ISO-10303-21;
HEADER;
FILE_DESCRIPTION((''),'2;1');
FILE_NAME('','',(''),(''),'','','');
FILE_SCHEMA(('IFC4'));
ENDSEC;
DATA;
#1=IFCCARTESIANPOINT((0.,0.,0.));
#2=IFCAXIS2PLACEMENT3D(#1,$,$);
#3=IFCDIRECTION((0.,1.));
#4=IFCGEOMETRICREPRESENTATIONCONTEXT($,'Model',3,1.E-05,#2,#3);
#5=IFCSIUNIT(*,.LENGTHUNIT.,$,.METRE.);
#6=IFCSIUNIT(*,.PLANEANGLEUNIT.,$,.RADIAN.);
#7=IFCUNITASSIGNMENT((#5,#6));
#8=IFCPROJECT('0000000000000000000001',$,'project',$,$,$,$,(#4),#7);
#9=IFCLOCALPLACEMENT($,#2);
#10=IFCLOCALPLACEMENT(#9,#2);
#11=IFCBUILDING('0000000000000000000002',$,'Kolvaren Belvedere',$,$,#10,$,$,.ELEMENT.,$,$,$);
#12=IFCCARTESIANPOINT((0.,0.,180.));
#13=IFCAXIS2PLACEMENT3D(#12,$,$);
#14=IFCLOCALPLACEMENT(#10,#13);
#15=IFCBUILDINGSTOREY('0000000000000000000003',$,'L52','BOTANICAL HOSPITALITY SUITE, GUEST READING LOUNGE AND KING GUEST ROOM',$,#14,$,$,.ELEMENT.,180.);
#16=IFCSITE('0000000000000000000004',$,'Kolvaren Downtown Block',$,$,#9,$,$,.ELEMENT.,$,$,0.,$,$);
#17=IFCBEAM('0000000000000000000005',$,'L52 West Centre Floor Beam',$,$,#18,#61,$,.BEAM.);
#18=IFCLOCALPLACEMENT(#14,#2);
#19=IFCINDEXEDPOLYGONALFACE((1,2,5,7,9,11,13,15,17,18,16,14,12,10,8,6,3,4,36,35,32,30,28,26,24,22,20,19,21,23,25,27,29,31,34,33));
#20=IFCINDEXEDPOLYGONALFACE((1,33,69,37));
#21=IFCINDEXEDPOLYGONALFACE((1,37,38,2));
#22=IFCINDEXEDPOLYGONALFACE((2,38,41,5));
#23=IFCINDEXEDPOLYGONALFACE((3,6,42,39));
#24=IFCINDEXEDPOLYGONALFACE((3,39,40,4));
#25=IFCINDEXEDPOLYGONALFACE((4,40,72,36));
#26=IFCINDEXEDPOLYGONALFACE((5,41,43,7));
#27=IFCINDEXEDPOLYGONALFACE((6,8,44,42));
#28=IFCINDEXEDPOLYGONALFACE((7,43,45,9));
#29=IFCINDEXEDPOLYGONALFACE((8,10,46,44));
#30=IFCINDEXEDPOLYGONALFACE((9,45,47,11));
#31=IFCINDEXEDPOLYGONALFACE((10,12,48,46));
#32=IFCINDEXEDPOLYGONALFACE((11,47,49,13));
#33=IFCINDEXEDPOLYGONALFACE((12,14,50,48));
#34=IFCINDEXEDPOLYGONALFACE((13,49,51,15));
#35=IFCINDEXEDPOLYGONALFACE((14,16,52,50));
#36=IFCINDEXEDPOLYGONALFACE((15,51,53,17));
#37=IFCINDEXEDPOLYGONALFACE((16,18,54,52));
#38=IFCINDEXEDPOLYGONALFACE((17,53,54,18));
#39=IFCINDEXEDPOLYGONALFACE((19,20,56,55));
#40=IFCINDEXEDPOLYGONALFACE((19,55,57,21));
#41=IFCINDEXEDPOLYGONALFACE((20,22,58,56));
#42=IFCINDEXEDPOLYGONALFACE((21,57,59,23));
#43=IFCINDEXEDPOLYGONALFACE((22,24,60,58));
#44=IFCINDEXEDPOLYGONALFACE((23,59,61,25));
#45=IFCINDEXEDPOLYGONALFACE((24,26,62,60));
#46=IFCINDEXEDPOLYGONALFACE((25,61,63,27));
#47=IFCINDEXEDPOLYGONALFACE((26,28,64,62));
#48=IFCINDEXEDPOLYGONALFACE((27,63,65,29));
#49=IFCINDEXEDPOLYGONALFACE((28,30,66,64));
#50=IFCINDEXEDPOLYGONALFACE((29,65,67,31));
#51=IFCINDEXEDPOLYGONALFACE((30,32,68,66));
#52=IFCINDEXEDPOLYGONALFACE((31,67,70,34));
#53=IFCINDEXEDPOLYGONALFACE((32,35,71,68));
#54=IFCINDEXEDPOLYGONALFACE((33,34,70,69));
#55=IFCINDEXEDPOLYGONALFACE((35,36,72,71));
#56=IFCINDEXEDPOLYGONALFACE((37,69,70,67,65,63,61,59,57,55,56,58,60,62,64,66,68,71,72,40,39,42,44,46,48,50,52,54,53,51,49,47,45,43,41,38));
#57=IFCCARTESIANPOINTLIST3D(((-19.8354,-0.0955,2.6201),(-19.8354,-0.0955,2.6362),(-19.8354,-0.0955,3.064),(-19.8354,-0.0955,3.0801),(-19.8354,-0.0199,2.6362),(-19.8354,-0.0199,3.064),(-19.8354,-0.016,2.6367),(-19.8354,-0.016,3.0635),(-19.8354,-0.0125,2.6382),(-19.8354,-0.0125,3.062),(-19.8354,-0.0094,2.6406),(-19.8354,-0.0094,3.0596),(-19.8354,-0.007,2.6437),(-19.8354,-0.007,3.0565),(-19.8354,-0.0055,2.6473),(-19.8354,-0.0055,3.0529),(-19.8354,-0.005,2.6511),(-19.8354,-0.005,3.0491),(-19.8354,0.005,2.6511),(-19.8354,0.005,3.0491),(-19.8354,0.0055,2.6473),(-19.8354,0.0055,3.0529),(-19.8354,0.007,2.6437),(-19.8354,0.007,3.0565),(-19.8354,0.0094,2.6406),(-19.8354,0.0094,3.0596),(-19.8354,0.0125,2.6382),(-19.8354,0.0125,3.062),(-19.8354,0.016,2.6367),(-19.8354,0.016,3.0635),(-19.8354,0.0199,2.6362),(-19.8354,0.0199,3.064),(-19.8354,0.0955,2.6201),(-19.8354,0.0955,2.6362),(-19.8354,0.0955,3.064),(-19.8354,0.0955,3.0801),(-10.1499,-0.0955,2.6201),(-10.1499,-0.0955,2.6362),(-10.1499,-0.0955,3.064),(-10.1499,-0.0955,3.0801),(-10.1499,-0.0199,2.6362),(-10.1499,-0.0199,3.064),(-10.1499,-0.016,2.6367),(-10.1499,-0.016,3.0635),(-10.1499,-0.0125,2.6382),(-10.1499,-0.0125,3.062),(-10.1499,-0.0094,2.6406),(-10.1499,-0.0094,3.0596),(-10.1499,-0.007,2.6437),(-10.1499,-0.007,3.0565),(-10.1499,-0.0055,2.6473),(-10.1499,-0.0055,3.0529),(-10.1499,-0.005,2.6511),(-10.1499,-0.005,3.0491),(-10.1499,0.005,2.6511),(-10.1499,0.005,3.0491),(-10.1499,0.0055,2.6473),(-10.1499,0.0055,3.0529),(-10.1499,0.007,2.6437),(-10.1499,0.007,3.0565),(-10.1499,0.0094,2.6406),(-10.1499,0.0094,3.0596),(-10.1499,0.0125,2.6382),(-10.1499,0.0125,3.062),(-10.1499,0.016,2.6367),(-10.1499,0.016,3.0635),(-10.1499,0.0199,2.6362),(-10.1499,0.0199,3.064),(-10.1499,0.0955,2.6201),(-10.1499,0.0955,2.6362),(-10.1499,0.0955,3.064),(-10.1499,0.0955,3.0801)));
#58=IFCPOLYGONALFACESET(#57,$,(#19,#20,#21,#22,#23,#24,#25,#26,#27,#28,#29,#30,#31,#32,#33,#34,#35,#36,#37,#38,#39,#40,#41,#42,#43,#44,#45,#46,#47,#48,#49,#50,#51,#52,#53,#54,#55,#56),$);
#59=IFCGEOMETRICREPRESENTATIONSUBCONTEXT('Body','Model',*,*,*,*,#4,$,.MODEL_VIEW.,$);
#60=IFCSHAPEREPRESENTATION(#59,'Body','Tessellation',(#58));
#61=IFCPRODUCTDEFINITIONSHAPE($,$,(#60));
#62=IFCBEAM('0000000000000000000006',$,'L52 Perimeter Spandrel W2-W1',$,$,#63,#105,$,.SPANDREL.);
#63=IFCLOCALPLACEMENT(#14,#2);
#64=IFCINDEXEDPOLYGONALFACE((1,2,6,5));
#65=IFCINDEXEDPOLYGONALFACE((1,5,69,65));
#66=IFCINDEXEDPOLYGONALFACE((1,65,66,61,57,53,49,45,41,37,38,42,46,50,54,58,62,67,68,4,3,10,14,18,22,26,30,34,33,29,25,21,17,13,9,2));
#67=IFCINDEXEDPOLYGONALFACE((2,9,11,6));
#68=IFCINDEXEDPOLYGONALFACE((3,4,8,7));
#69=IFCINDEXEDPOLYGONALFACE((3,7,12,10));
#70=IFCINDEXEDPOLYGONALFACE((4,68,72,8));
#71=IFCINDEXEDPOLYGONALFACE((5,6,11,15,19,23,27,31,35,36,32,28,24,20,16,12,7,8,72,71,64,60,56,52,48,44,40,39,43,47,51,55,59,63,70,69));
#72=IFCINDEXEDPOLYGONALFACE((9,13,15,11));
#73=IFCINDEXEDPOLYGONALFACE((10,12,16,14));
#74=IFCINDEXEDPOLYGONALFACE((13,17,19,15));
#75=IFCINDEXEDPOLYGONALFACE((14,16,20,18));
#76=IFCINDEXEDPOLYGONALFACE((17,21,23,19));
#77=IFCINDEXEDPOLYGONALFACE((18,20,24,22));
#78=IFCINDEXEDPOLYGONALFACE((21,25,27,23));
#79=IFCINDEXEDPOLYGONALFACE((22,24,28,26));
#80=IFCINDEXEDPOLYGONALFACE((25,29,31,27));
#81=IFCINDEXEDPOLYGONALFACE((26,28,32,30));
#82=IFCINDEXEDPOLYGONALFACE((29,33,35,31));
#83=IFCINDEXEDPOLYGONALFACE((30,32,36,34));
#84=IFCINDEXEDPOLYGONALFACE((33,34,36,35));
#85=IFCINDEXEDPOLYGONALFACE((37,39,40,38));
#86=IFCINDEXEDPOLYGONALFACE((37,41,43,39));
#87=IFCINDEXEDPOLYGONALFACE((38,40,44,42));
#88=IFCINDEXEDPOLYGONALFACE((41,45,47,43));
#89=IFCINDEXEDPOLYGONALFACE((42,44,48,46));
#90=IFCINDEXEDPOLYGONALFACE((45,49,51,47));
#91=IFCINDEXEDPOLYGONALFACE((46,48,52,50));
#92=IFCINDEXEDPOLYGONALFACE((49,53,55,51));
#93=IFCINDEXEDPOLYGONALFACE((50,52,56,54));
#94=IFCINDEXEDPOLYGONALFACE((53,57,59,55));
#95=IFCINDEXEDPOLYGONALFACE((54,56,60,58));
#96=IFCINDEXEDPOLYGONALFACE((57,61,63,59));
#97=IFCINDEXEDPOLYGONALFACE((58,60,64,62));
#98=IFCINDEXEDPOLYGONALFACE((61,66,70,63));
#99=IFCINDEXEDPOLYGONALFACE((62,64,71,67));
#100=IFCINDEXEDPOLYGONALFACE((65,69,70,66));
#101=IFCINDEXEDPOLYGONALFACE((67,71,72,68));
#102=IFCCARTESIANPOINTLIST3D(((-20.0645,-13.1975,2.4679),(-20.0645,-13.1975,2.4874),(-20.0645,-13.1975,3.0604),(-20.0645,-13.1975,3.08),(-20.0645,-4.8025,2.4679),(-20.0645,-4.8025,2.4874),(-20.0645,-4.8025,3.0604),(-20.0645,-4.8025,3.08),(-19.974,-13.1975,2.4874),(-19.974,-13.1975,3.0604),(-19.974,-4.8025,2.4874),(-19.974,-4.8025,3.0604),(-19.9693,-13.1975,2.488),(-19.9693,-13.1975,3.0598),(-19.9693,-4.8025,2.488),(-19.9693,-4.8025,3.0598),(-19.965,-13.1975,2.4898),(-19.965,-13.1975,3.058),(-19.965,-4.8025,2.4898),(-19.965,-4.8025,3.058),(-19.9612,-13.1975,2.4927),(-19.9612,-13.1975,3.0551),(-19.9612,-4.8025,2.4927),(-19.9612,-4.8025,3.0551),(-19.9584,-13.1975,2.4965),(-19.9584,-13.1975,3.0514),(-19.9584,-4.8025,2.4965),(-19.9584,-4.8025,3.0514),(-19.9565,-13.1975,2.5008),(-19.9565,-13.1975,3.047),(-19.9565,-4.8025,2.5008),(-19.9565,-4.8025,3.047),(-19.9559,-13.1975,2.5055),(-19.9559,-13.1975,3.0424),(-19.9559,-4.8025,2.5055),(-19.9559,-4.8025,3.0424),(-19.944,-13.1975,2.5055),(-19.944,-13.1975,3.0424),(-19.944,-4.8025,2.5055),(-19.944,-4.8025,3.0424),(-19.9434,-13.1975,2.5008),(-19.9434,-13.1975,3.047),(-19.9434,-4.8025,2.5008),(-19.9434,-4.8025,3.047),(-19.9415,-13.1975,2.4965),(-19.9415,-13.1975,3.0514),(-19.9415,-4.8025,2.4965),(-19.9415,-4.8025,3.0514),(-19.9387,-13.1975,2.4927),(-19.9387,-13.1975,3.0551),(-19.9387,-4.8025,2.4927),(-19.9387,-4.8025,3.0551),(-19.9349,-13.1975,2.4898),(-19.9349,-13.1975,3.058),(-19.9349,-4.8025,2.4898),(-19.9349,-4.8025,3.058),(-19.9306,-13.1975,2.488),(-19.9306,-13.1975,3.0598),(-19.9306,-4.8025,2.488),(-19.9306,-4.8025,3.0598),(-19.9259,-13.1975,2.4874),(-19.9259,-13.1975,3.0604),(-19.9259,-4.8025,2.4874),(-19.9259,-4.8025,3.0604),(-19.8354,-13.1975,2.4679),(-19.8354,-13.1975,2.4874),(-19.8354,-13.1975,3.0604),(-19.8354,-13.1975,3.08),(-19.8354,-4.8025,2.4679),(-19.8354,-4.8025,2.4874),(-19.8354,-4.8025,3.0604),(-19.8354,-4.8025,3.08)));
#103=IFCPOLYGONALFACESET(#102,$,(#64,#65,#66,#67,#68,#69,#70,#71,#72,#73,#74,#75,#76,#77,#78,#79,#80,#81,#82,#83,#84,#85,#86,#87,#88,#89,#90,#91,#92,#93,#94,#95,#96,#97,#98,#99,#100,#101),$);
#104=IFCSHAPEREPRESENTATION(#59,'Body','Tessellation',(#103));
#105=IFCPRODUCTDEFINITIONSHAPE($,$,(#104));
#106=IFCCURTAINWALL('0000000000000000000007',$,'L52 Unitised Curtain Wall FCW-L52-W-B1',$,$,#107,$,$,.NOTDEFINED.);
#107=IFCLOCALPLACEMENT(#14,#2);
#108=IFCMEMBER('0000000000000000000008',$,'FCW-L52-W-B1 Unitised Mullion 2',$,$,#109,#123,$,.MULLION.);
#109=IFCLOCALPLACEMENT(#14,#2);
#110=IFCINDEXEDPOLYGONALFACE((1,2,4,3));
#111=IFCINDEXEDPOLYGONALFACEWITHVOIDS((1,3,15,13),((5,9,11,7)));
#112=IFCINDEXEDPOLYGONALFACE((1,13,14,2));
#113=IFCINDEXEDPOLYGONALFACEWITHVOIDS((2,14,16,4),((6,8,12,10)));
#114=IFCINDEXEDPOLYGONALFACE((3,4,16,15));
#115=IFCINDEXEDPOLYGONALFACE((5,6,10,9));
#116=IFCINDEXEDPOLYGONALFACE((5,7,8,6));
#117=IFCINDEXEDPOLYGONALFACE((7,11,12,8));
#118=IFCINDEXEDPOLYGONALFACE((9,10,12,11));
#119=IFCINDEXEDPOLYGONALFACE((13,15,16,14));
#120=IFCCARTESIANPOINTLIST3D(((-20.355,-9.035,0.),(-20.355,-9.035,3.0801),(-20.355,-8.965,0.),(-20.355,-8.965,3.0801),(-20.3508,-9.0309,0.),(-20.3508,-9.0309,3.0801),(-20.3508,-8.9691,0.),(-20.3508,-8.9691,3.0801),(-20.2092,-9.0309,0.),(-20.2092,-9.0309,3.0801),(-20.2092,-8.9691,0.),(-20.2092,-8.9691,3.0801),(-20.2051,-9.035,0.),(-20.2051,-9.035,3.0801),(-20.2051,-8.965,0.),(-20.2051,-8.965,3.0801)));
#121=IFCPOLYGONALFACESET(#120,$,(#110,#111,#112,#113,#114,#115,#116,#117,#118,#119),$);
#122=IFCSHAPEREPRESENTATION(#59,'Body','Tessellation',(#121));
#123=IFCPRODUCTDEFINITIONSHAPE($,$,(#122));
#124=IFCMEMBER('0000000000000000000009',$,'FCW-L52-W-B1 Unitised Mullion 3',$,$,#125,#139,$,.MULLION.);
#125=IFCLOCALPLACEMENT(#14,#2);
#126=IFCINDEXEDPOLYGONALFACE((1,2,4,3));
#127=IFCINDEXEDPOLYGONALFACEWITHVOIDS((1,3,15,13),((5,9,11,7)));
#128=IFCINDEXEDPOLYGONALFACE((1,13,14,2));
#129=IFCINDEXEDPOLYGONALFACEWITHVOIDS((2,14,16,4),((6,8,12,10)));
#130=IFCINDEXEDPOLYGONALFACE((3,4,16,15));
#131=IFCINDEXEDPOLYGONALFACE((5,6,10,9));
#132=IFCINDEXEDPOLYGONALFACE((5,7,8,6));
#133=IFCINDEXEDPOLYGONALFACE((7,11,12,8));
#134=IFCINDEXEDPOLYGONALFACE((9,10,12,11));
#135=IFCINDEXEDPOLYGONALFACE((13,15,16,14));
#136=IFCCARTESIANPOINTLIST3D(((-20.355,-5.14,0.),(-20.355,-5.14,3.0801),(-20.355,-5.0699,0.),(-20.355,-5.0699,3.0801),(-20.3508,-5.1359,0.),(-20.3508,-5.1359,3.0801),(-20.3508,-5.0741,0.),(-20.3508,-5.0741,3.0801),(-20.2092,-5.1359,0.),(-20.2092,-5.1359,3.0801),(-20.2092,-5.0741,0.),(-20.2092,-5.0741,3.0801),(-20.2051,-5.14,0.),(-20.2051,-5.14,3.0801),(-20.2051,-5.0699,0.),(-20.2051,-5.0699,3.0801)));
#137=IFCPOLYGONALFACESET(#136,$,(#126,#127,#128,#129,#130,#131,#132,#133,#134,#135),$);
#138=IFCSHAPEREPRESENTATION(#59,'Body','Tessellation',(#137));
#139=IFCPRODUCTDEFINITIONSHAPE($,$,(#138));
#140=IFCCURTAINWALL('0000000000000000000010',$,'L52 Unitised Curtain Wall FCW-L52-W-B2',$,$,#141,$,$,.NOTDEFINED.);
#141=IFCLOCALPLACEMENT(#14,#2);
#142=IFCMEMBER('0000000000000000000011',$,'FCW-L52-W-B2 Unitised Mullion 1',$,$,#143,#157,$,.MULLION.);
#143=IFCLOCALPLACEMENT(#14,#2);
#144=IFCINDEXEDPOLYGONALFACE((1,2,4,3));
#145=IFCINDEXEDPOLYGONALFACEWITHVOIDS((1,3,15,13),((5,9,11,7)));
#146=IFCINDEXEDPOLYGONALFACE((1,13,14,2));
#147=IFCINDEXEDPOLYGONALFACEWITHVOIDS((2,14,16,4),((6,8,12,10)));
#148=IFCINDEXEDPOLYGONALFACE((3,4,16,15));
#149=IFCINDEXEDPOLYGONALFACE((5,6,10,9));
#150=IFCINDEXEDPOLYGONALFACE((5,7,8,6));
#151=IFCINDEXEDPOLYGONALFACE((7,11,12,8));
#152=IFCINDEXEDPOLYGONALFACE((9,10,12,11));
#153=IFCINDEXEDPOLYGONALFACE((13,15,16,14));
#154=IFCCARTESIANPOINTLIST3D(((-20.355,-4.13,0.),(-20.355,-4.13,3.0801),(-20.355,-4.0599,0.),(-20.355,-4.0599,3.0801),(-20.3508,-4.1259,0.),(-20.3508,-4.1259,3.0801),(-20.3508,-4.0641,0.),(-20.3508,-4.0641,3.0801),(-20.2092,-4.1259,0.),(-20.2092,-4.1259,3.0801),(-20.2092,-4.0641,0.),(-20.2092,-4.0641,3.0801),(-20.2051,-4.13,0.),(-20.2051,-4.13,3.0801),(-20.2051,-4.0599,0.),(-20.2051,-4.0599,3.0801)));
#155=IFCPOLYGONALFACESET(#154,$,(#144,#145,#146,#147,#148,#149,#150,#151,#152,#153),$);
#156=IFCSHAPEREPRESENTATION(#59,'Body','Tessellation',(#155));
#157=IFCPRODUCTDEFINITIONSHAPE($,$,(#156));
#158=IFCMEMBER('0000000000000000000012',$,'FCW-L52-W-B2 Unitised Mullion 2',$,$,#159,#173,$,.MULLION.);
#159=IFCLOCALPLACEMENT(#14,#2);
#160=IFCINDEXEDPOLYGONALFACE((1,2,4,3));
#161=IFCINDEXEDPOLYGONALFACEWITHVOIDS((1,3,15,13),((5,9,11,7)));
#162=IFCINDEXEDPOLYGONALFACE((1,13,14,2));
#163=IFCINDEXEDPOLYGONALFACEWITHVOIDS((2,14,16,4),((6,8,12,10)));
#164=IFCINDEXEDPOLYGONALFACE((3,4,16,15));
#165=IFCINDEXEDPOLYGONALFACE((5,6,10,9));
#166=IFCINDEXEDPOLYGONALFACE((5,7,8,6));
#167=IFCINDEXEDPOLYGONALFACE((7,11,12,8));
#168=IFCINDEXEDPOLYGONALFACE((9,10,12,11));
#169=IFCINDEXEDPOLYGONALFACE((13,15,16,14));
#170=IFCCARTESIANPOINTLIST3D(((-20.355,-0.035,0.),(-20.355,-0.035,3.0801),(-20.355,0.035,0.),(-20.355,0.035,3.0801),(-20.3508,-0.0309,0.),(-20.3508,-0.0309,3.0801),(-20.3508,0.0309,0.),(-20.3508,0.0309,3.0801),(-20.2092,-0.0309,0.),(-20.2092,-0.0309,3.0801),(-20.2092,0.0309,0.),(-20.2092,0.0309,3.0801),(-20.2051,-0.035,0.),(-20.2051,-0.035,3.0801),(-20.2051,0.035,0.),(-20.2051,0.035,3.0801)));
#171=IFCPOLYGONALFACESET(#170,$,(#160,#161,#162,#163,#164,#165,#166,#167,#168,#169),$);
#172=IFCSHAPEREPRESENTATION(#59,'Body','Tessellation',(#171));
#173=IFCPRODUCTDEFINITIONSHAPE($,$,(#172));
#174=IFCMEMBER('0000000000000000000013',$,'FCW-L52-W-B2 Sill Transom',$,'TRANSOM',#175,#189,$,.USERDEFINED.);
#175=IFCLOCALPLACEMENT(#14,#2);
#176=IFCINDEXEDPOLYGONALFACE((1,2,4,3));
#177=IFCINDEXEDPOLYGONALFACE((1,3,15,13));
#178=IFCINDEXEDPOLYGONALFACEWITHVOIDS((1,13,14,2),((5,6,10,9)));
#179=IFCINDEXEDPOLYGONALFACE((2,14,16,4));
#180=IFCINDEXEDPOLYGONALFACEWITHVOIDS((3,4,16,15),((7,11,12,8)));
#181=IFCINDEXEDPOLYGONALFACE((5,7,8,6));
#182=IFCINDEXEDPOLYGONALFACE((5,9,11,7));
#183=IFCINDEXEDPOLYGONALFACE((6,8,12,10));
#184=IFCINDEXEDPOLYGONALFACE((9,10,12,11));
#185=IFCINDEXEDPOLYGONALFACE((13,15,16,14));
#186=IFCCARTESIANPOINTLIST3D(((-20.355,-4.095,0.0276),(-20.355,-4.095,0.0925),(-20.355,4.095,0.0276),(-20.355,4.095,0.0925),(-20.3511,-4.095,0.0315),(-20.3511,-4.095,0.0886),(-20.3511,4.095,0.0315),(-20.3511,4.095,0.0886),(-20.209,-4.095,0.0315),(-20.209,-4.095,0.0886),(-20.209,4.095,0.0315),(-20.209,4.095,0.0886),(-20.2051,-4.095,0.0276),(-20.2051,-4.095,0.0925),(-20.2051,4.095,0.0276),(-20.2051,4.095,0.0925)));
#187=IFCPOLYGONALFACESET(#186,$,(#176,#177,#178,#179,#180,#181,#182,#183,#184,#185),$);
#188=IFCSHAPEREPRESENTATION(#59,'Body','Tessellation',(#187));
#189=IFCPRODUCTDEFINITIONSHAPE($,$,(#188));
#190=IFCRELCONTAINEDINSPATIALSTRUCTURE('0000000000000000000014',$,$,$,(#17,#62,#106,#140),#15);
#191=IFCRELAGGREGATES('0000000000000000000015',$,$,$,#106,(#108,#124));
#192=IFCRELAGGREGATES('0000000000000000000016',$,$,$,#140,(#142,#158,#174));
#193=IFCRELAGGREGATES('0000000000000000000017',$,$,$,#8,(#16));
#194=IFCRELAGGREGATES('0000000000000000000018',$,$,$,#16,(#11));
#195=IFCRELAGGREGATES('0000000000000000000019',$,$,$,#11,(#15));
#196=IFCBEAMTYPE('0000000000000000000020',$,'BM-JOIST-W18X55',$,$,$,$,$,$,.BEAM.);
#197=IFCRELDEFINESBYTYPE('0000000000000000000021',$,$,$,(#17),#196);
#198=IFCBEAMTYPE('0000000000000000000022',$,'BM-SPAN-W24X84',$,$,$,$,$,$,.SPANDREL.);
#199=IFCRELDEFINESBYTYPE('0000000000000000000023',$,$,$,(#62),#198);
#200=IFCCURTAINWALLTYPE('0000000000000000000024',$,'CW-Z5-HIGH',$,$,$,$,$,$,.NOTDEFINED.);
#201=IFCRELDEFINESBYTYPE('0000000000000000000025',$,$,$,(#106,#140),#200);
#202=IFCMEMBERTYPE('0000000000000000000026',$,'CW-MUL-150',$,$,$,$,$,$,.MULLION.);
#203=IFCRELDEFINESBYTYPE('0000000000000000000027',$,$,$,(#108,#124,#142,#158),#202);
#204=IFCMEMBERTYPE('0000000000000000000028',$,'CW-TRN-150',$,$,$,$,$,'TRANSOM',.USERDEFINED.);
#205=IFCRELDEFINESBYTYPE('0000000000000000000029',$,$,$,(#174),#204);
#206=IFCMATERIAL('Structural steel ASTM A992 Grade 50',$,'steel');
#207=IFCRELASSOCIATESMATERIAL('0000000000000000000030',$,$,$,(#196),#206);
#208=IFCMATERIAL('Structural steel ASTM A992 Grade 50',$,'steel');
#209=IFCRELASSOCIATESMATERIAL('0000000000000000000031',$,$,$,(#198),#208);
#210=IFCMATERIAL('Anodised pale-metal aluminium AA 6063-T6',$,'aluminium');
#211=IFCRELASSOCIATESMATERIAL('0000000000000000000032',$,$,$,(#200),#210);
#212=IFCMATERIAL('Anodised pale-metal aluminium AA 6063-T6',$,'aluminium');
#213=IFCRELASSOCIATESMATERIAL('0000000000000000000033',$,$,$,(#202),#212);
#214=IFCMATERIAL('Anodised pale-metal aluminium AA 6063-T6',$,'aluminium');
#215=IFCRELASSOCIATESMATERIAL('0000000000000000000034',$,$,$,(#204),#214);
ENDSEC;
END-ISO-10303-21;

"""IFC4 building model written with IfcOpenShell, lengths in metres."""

from ifc_helpers import new_model, si_unit, direction, frame, origin, origin_2d, place, context, subcontext, project, spatial, hollow_rectangle, i_section, extrude, material, material_profile, profile_set, type_object, element, aggregate, save


model = new_model("IFC4")

# Units and contexts
model_context = context("Model", 3, precision=1e-05, world=origin(), true_north=direction((0.0, 1.0)))
body_context = subcontext(model_context, "Body", "Model", "MODEL_VIEW")
ifc_project = project(units=[si_unit("LENGTHUNIT", "METRE"), si_unit("PLANEANGLEUNIT", "RADIAN")], contexts=[model_context])

# Site, building, storey
site_placement = place(None, origin())
site = spatial("IfcSite", under=ifc_project, at=site_placement, Name="Kolvaren Downtown Block", CompositionType="ELEMENT", RefElevation=0.0)
building_placement = place(site_placement, origin())
building = spatial("IfcBuilding", under=site, at=building_placement, Name="Kolvaren Belvedere", CompositionType="ELEMENT")
storey_placement = place(building_placement, frame((0.0, 0.0, 180.0)))
storey = spatial("IfcBuildingStorey", under=building, at=storey_placement, Name="L52", Description="BOTANICAL HOSPITALITY SUITE, GUEST READING LOUNGE AND KING GUEST ROOM", CompositionType="ELEMENT", Elevation=180.0)

# Beams
ifc_material_1 = material(Name="Structural steel ASTM A992 Grade 50", Category="steel")
ifc_material_profile_1 = material_profile(ifc_material_1, i_section(OverallWidth=0.1909, OverallDepth=0.46, WebThickness=0.01, FlangeThickness=0.0161, FilletRadius=0.0149, at=origin_2d()), Name="W18X55")
ifc_profile_set_1 = profile_set([ifc_material_profile_1], Name="Structural steel ASTM A992 Grade 50")
beam_type_1 = type_object("IfcBeamType", Name="BM-JOIST-W18X55", PredefinedType="BEAM", material=ifc_profile_set_1)
beam_1_placement = place(storey_placement, frame((-10.1499, 0.0, 2.8501), z_axis=(-1.0, 0.0, 0.0), x_axis=(0.0, -1.0, 0.0)))
element("IfcBeam", 1, at=beam_1_placement, inside=storey, type_object=beam_type_1, Name="L52 West Centre Floor Beam", PredefinedType="BEAM", context=body_context, shape_type="SweptSolid", body=[
    extrude(i_section(OverallWidth=0.1909, OverallDepth=0.46, WebThickness=0.01, FlangeThickness=0.0161, FilletRadius=0.0149, at=origin_2d()), origin(), (0.0, 0.0, 1.0), 9.6855),
])
ifc_material_2 = material(Name="Structural steel ASTM A992 Grade 50", Category="steel")
ifc_material_profile_2 = material_profile(ifc_material_2, i_section(OverallWidth=0.229, OverallDepth=0.6121, WebThickness=0.012, FlangeThickness=0.0195, FilletRadius=0.0181, at=origin_2d()), Name="W24X84")
ifc_profile_set_2 = profile_set([ifc_material_profile_2], Name="Structural steel ASTM A992 Grade 50")
beam_type_2 = type_object("IfcBeamType", Name="BM-SPAN-W24X84", PredefinedType="SPANDREL", material=ifc_profile_set_2)
beam_2_placement = place(storey_placement, frame((-19.95, -4.8025, 2.7739), z_axis=(0.0, -1.0, 0.0), x_axis=(1.0, 0.0, 0.0)))
element("IfcBeam", 2, at=beam_2_placement, inside=storey, type_object=beam_type_2, Name="L52 Perimeter Spandrel W2-W1", PredefinedType="SPANDREL", context=body_context, shape_type="SweptSolid", body=[
    extrude(i_section(OverallWidth=0.229, OverallDepth=0.6121, WebThickness=0.012, FlangeThickness=0.0195, FilletRadius=0.0181, at=origin_2d()), origin(), (0.0, 0.0, 1.0), 8.395),
])

# Curtain walls, members
ifc_material_3 = material(Name="Anodised pale-metal aluminium AA 6063-T6", Category="aluminium")
curtain_wall_type = type_object("IfcCurtainWallType", Name="CW-Z5-HIGH", PredefinedType="NOTDEFINED", material=ifc_material_3)
curtain_wall_1_placement = place(storey_placement, origin())
curtain_wall_1 = element("IfcCurtainWall", 3, at=curtain_wall_1_placement, inside=storey, type_object=curtain_wall_type, Name="L52 Unitised Curtain Wall FCW-L52-W-B1", PredefinedType="NOTDEFINED")
ifc_material_4 = material(Name="Anodised pale-metal aluminium AA 6063-T6", Category="aluminium")
ifc_material_profile_3 = material_profile(ifc_material_4, hollow_rectangle(XDim=0.0701, YDim=0.1499, WallThickness=0.0042, at=origin_2d()), Name="ALU-MUL-150X70")
ifc_profile_set_3 = profile_set([ifc_material_profile_3], Name="Anodised pale-metal aluminium AA 6063-T6")
member_type_1 = type_object("IfcMemberType", Name="CW-MUL-150", PredefinedType="MULLION", material=ifc_profile_set_3)
member_1_placement = place(storey_placement, frame((-20.28, -9.0, 0.0), z_axis=(0.0, 0.0, 1.0), x_axis=(0.0, 1.0, 0.0)))
member_1 = element("IfcMember", 4, at=member_1_placement, type_object=member_type_1, Name="FCW-L52-W-B1 Unitised Mullion 2", PredefinedType="MULLION", context=body_context, shape_type="SweptSolid", body=[
    extrude(hollow_rectangle(XDim=0.0701, YDim=0.1499, WallThickness=0.0042, at=origin_2d()), origin(), (0.0, 0.0, 1.0), 3.0801),
])
member_2_placement = place(storey_placement, frame((-20.28, -5.105, 0.0), z_axis=(0.0, 0.0, 1.0), x_axis=(0.0, 1.0, 0.0)))
member_2 = element("IfcMember", 5, at=member_2_placement, type_object=member_type_1, Name="FCW-L52-W-B1 Unitised Mullion 3", PredefinedType="MULLION", context=body_context, shape_type="SweptSolid", body=[
    extrude(hollow_rectangle(XDim=0.0701, YDim=0.1499, WallThickness=0.0042, at=origin_2d()), origin(), (0.0, 0.0, 1.0), 3.0801),
])
curtain_wall_2_placement = place(storey_placement, origin())
curtain_wall_2 = element("IfcCurtainWall", 6, at=curtain_wall_2_placement, inside=storey, type_object=curtain_wall_type, Name="L52 Unitised Curtain Wall FCW-L52-W-B2", PredefinedType="NOTDEFINED")
member_3_placement = place(storey_placement, frame((-20.28, -4.095, 0.0), z_axis=(0.0, 0.0, 1.0), x_axis=(0.0, 1.0, 0.0)))
member_3 = element("IfcMember", 7, at=member_3_placement, type_object=member_type_1, Name="FCW-L52-W-B2 Unitised Mullion 1", PredefinedType="MULLION", context=body_context, shape_type="SweptSolid", body=[
    extrude(hollow_rectangle(XDim=0.0701, YDim=0.1499, WallThickness=0.0042, at=origin_2d()), origin(), (0.0, 0.0, 1.0), 3.0801),
])
member_4_placement = place(storey_placement, frame((-20.28, 0.0, 0.0), z_axis=(0.0, 0.0, 1.0), x_axis=(0.0, 1.0, 0.0)))
member_4 = element("IfcMember", 8, at=member_4_placement, type_object=member_type_1, Name="FCW-L52-W-B2 Unitised Mullion 2", PredefinedType="MULLION", context=body_context, shape_type="SweptSolid", body=[
    extrude(hollow_rectangle(XDim=0.0701, YDim=0.1499, WallThickness=0.0042, at=origin_2d()), origin(), (0.0, 0.0, 1.0), 3.0801),
])
ifc_material_5 = material(Name="Anodised pale-metal aluminium AA 6063-T6", Category="aluminium")
ifc_material_profile_4 = material_profile(ifc_material_5, hollow_rectangle(XDim=0.0649, YDim=0.1499, WallThickness=0.0039, at=origin_2d()), Name="ALU-TRN-150X65")
ifc_profile_set_4 = profile_set([ifc_material_profile_4], Name="Anodised pale-metal aluminium AA 6063-T6")
member_type_2 = type_object("IfcMemberType", Name="CW-TRN-150", ElementType="TRANSOM", PredefinedType="USERDEFINED", material=ifc_profile_set_4)
member_5_placement = place(storey_placement, frame((-20.28, -4.095, 0.0601), z_axis=(0.0, 1.0, 0.0), x_axis=(0.0, 0.0, 1.0)))
member_5 = element("IfcMember", 9, at=member_5_placement, type_object=member_type_2, Name="FCW-L52-W-B2 Sill Transom", ObjectType="TRANSOM", PredefinedType="USERDEFINED", context=body_context, shape_type="SweptSolid", body=[
    extrude(hollow_rectangle(XDim=0.0649, YDim=0.1499, WallThickness=0.0039, at=origin_2d()), origin(), (0.0, 0.0, 1.0), 8.1899),
])

aggregate(curtain_wall_1, [member_1, member_2])
aggregate(curtain_wall_2, [member_3, member_4, member_5])

save(model, "model.ifc")
